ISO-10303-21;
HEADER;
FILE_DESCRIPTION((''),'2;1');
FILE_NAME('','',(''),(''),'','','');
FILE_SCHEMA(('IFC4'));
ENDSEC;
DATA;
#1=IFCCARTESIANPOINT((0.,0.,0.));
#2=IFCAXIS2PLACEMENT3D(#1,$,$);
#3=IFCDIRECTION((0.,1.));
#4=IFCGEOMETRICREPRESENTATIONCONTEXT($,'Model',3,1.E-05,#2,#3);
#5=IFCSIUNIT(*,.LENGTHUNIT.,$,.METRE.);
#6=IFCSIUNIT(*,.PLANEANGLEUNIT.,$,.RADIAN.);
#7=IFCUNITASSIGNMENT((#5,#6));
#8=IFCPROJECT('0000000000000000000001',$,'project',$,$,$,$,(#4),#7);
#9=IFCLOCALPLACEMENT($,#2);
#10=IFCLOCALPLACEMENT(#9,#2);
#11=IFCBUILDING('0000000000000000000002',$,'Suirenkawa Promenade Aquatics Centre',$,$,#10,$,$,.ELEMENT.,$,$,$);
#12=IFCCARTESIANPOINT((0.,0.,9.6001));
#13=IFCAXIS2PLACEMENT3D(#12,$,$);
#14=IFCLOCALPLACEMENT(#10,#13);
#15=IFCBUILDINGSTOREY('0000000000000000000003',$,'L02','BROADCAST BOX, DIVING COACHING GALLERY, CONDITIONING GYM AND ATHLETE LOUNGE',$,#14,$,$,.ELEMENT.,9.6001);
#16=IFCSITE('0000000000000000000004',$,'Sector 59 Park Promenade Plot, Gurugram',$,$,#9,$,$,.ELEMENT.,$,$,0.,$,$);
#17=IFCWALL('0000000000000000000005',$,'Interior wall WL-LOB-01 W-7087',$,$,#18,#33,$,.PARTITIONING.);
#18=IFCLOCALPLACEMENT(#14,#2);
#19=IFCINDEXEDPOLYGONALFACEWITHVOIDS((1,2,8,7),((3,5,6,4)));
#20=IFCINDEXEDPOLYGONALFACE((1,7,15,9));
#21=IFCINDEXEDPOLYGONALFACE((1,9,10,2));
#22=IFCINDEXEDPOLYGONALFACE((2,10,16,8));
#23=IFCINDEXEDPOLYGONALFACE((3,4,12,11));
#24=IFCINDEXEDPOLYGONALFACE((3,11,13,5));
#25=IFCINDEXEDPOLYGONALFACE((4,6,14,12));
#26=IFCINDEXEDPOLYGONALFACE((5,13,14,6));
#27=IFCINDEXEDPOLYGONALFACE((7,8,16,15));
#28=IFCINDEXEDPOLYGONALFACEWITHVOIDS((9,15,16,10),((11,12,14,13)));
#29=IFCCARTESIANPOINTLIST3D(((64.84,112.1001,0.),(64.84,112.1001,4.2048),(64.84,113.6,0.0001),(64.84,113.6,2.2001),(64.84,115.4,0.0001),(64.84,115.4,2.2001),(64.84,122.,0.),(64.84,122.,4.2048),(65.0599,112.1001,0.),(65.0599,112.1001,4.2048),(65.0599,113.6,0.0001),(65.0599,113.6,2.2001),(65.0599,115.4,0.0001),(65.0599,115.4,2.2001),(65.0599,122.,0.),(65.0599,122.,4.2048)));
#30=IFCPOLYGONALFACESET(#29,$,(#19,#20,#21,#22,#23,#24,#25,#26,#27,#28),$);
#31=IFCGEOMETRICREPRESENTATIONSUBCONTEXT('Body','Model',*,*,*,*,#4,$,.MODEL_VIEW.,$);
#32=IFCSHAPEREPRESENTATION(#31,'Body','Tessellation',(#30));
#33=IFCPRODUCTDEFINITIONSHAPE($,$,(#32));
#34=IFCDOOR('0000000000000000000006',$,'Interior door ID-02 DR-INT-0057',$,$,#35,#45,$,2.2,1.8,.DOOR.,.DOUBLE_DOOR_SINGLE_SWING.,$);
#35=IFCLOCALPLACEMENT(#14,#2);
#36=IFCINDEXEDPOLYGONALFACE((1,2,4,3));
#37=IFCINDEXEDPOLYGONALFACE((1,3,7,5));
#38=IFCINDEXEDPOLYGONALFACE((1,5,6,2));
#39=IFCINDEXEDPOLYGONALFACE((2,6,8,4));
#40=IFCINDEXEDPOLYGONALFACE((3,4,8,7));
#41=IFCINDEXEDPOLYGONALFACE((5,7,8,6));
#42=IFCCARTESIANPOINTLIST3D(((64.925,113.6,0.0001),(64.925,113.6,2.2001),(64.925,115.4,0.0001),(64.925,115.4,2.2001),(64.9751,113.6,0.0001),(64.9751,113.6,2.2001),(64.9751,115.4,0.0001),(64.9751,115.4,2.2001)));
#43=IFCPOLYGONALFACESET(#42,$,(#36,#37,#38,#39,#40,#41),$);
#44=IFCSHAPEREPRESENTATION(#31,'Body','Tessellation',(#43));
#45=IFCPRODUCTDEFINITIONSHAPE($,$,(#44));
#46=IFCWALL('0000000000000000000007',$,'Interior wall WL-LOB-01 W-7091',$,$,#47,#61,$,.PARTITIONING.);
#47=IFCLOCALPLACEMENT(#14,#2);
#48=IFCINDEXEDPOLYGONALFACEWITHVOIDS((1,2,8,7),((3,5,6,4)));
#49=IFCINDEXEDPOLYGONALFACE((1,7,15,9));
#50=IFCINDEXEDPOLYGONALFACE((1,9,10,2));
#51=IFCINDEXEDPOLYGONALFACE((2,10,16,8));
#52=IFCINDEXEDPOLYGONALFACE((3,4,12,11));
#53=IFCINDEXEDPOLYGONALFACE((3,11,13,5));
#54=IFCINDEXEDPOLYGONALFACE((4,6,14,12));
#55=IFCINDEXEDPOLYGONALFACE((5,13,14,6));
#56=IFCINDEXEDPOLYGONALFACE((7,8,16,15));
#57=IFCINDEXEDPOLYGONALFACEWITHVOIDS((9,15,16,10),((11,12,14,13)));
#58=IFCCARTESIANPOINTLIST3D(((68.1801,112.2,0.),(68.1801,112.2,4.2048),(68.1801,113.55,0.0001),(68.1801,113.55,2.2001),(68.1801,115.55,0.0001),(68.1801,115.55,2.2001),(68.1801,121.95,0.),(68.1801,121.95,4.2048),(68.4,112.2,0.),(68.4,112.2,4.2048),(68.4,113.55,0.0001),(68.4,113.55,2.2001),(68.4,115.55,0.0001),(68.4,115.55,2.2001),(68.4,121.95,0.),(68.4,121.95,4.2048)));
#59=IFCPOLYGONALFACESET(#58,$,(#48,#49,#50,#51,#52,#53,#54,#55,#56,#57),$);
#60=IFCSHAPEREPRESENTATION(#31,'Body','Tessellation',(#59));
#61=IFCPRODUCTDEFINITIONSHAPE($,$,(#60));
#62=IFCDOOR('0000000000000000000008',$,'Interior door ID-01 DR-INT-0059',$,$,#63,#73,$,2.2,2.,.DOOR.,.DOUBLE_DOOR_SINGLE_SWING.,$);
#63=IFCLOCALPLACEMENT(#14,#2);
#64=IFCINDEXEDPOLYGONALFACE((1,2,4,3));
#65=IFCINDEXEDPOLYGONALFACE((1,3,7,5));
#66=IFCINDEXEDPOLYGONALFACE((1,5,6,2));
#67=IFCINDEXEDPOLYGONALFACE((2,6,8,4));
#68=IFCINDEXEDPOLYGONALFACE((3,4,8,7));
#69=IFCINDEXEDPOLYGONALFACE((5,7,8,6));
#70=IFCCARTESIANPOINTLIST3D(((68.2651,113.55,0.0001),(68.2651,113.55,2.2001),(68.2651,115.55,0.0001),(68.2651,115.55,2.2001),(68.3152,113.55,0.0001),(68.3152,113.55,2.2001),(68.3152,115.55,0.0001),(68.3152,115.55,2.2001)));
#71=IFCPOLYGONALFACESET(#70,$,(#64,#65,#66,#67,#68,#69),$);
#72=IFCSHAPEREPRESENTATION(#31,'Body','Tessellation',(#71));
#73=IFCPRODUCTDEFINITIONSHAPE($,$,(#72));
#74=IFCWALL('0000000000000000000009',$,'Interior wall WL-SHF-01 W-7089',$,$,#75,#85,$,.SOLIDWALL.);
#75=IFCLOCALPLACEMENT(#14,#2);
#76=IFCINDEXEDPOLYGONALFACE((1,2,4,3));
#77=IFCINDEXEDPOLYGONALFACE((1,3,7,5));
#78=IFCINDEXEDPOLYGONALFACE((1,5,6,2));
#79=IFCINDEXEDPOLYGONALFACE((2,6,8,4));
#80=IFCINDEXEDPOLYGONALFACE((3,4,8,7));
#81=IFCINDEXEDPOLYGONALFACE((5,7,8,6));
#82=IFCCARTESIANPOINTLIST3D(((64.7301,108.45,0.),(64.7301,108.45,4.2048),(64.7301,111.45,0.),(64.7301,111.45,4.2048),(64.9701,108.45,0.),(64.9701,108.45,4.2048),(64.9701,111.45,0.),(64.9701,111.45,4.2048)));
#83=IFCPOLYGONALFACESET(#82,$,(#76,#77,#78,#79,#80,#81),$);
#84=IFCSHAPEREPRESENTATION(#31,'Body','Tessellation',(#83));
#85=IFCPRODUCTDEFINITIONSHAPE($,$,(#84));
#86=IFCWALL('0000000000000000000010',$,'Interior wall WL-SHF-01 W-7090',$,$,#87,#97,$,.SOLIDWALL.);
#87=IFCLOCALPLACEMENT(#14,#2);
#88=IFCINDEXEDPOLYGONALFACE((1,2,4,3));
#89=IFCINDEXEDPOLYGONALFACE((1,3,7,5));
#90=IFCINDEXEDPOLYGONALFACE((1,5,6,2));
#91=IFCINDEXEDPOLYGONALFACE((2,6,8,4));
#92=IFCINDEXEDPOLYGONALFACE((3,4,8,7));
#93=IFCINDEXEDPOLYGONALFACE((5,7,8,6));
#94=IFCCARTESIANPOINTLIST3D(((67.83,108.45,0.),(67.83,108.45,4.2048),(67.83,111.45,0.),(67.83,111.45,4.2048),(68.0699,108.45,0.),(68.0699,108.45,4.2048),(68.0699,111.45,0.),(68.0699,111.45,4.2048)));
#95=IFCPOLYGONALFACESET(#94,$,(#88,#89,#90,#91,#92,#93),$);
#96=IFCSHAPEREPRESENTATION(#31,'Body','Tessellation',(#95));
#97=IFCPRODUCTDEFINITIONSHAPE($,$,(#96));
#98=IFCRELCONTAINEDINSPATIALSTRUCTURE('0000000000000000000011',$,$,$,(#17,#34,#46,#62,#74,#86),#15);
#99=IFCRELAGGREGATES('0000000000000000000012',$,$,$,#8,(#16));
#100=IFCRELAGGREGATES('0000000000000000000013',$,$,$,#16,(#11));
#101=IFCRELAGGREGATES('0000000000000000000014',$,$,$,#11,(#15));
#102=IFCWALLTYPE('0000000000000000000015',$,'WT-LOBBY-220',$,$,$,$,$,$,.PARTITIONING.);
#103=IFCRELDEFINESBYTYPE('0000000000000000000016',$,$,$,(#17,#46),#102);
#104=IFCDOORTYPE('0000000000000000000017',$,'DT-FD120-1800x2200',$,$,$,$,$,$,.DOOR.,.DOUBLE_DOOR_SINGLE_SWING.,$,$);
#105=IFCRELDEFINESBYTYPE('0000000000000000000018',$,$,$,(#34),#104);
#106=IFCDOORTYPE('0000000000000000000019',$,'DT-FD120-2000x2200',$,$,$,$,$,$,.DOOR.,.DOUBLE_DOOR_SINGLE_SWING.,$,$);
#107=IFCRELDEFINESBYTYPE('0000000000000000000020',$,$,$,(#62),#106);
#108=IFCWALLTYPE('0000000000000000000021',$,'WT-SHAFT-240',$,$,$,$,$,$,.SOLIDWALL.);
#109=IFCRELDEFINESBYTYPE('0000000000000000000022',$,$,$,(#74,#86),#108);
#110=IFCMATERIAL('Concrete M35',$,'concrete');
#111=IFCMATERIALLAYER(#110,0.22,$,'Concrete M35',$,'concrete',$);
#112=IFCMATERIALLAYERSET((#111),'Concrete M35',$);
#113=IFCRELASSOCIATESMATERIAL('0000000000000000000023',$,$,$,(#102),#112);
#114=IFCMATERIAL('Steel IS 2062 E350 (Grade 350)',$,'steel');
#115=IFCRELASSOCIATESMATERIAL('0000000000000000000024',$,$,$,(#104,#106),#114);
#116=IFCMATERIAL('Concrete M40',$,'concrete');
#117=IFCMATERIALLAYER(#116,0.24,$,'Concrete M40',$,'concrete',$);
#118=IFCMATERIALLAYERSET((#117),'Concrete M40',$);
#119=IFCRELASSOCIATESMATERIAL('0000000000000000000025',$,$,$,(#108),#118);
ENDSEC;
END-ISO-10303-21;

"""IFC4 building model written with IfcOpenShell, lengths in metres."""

from ifc_helpers import new_model, si_unit, direction, frame, frame_2d, origin, place, context, subcontext, project, spatial, rectangle, extrude, material, layer, layer_set, type_object, element, fill, save


model = new_model("IFC4")

# Units and contexts
model_context = context("Model", 3, precision=1e-05, world=origin(), true_north=direction((0.0, 1.0)))
body_context = subcontext(model_context, "Body", "Model", "MODEL_VIEW")
ifc_project = project(units=[si_unit("LENGTHUNIT", "METRE"), si_unit("PLANEANGLEUNIT", "RADIAN")], contexts=[model_context])

# Site, building, storey
site_placement = place(None, origin())
site = spatial("IfcSite", under=ifc_project, at=site_placement, Name="Sector 59 Park Promenade Plot, Gurugram", CompositionType="ELEMENT", RefElevation=0.0)
building_placement = place(site_placement, origin())
building = spatial("IfcBuilding", under=site, at=building_placement, Name="Suirenkawa Promenade Aquatics Centre", CompositionType="ELEMENT")
storey_placement = place(building_placement, frame((0.0, 0.0, 9.6001)))
storey = spatial("IfcBuildingStorey", under=building, at=storey_placement, Name="L02", Description="BROADCAST BOX, DIVING COACHING GALLERY, CONDITIONING GYM AND ATHLETE LOUNGE", CompositionType="ELEMENT", Elevation=9.6001)

# Shared definitions
ifc_material_1 = material(Name="Concrete M40", Category="concrete")

# Walls, openings, doors
ifc_material_2 = material(Name="Concrete M35", Category="concrete")
ifc_layer_1 = layer(ifc_material_2, 0.22, Name="Concrete M35", Category="concrete")
ifc_layer_set_1 = layer_set([ifc_layer_1], Name="Concrete M35")
wall_type_1 = type_object("IfcWallType", Name="WT-LOBBY-220", PredefinedType="PARTITIONING", material=ifc_layer_set_1)
wall_1_placement = place(storey_placement, frame((64.95, 112.1001, 0.0), z_axis=(0.0, 0.0, 1.0), x_axis=(0.0, 1.0, 0.0)))
wall_1 = element("IfcWall", 1, at=wall_1_placement, inside=storey, type_object=wall_type_1, Name="Interior wall WL-LOB-01 W-7087", PredefinedType="PARTITIONING", context=body_context, shape_type="SweptSolid", body=[
    extrude(rectangle(XDim=9.8999, YDim=0.22, at=frame_2d((4.95, 0.0))), origin(), (0.0, 0.0, 1.0), 4.2048),
])
opening_1_placement = place(wall_1_placement, frame((1.5, 0.0, 0.0)))
opening_1 = element("IfcOpeningElement", 2, at=opening_1_placement, cuts=wall_1, PredefinedType="OPENING", context=body_context, shape_type="SweptSolid", body=[
    extrude(rectangle(XDim=1.8, YDim=2.2, at=frame_2d((0.8999, 1.1001))), frame((0.0, 0.1199, 0.0), z_axis=(0.0, -1.0, 0.0), x_axis=(1.0, 0.0, 0.0)), (0.0, 0.0, 1.0), 0.24),
])
ifc_material_3 = material(Name="Steel IS 2062 E350 (Grade 350)", Category="steel")
door_type_1 = type_object("IfcDoorType", Name="DT-FD120-1800x2200", OperationType="DOUBLE_DOOR_SINGLE_SWING", PredefinedType="DOOR", material=ifc_material_3)
door_1_placement = place(opening_1_placement, origin())
door_1 = element("IfcDoor", 3, at=door_1_placement, inside=storey, type_object=door_type_1, Name="Interior door ID-02 DR-INT-0057", OperationType="DOUBLE_DOOR_SINGLE_SWING", OverallHeight=2.2, OverallWidth=1.8, PredefinedType="DOOR", context=body_context, shape_type="SweptSolid", body=[
    extrude(rectangle(XDim=1.8, YDim=2.2, at=frame_2d((0.8999, 1.1001))), frame((0.0, 0.0249, 0.0), z_axis=(0.0, -1.0, 0.0), x_axis=(1.0, 0.0, 0.0)), (0.0, 0.0, 1.0), 0.05),
])
fill(opening_1, door_1)
wall_2_placement = place(storey_placement, frame((68.29, 112.2, 0.0), z_axis=(0.0, 0.0, 1.0), x_axis=(0.0, 1.0, 0.0)))
wall_2 = element("IfcWall", 4, at=wall_2_placement, inside=storey, type_object=wall_type_1, Name="Interior wall WL-LOB-01 W-7091", PredefinedType="PARTITIONING", context=body_context, shape_type="SweptSolid", body=[
    extrude(rectangle(XDim=9.75, YDim=0.22, at=frame_2d((4.875, 0.0))), origin(), (0.0, 0.0, 1.0), 4.2048),
])
opening_2_placement = place(wall_2_placement, frame((1.3501, 0.0, 0.0)))
opening_2 = element("IfcOpeningElement", 5, at=opening_2_placement, cuts=wall_2, PredefinedType="OPENING", context=body_context, shape_type="SweptSolid", body=[
    extrude(rectangle(XDim=2.0, YDim=2.2, at=frame_2d((1.0, 1.1001))), frame((0.0, 0.1199, 0.0), z_axis=(0.0, -1.0, 0.0), x_axis=(1.0, 0.0, 0.0)), (0.0, 0.0, 1.0), 0.24),
])
door_type_2 = type_object("IfcDoorType", Name="DT-FD120-2000x2200", OperationType="DOUBLE_DOOR_SINGLE_SWING", PredefinedType="DOOR", material=ifc_material_3)
door_2_placement = place(opening_2_placement, origin())
door_2 = element("IfcDoor", 6, at=door_2_placement, inside=storey, type_object=door_type_2, Name="Interior door ID-01 DR-INT-0059", OperationType="DOUBLE_DOOR_SINGLE_SWING", OverallHeight=2.2, OverallWidth=2.0, PredefinedType="DOOR", context=body_context, shape_type="SweptSolid", body=[
    extrude(rectangle(XDim=2.0, YDim=2.2, at=frame_2d((1.0, 1.1001))), frame((0.0, 0.0249, 0.0), z_axis=(0.0, -1.0, 0.0), x_axis=(1.0, 0.0, 0.0)), (0.0, 0.0, 1.0), 0.05),
])
fill(opening_2, door_2)
ifc_layer_2 = layer(ifc_material_1, 0.24, Name="Concrete M40", Category="concrete")
ifc_layer_set_2 = layer_set([ifc_layer_2], Name="Concrete M40")
wall_type_2 = type_object("IfcWallType", Name="WT-SHAFT-240", PredefinedType="SOLIDWALL", material=ifc_layer_set_2)

# Walls
for number, where, z_axis, x_axis, name in (
    (7, (64.8501, 108.45, 0.0), (0.0, 0.0, 1.0), (0.0, 1.0, 0.0), "Interior wall WL-SHF-01 W-7089"),
    (8, (67.95, 108.45, 0.0), (0.0, 0.0, 1.0), (0.0, 1.0, 0.0), "Interior wall WL-SHF-01 W-7090"),
):
    element("IfcWall", number, at=place(storey_placement, frame(where, z_axis=z_axis, x_axis=x_axis)), inside=storey, type_object=wall_type_2, Name=name, PredefinedType="SOLIDWALL", context=body_context, shape_type="SweptSolid", body=[
        extrude(rectangle(XDim=3.0, YDim=0.24, at=frame_2d((1.5, 0.0))), origin(), (0.0, 0.0, 1.0), 4.2048),
    ])

save(model, "model.ifc")
